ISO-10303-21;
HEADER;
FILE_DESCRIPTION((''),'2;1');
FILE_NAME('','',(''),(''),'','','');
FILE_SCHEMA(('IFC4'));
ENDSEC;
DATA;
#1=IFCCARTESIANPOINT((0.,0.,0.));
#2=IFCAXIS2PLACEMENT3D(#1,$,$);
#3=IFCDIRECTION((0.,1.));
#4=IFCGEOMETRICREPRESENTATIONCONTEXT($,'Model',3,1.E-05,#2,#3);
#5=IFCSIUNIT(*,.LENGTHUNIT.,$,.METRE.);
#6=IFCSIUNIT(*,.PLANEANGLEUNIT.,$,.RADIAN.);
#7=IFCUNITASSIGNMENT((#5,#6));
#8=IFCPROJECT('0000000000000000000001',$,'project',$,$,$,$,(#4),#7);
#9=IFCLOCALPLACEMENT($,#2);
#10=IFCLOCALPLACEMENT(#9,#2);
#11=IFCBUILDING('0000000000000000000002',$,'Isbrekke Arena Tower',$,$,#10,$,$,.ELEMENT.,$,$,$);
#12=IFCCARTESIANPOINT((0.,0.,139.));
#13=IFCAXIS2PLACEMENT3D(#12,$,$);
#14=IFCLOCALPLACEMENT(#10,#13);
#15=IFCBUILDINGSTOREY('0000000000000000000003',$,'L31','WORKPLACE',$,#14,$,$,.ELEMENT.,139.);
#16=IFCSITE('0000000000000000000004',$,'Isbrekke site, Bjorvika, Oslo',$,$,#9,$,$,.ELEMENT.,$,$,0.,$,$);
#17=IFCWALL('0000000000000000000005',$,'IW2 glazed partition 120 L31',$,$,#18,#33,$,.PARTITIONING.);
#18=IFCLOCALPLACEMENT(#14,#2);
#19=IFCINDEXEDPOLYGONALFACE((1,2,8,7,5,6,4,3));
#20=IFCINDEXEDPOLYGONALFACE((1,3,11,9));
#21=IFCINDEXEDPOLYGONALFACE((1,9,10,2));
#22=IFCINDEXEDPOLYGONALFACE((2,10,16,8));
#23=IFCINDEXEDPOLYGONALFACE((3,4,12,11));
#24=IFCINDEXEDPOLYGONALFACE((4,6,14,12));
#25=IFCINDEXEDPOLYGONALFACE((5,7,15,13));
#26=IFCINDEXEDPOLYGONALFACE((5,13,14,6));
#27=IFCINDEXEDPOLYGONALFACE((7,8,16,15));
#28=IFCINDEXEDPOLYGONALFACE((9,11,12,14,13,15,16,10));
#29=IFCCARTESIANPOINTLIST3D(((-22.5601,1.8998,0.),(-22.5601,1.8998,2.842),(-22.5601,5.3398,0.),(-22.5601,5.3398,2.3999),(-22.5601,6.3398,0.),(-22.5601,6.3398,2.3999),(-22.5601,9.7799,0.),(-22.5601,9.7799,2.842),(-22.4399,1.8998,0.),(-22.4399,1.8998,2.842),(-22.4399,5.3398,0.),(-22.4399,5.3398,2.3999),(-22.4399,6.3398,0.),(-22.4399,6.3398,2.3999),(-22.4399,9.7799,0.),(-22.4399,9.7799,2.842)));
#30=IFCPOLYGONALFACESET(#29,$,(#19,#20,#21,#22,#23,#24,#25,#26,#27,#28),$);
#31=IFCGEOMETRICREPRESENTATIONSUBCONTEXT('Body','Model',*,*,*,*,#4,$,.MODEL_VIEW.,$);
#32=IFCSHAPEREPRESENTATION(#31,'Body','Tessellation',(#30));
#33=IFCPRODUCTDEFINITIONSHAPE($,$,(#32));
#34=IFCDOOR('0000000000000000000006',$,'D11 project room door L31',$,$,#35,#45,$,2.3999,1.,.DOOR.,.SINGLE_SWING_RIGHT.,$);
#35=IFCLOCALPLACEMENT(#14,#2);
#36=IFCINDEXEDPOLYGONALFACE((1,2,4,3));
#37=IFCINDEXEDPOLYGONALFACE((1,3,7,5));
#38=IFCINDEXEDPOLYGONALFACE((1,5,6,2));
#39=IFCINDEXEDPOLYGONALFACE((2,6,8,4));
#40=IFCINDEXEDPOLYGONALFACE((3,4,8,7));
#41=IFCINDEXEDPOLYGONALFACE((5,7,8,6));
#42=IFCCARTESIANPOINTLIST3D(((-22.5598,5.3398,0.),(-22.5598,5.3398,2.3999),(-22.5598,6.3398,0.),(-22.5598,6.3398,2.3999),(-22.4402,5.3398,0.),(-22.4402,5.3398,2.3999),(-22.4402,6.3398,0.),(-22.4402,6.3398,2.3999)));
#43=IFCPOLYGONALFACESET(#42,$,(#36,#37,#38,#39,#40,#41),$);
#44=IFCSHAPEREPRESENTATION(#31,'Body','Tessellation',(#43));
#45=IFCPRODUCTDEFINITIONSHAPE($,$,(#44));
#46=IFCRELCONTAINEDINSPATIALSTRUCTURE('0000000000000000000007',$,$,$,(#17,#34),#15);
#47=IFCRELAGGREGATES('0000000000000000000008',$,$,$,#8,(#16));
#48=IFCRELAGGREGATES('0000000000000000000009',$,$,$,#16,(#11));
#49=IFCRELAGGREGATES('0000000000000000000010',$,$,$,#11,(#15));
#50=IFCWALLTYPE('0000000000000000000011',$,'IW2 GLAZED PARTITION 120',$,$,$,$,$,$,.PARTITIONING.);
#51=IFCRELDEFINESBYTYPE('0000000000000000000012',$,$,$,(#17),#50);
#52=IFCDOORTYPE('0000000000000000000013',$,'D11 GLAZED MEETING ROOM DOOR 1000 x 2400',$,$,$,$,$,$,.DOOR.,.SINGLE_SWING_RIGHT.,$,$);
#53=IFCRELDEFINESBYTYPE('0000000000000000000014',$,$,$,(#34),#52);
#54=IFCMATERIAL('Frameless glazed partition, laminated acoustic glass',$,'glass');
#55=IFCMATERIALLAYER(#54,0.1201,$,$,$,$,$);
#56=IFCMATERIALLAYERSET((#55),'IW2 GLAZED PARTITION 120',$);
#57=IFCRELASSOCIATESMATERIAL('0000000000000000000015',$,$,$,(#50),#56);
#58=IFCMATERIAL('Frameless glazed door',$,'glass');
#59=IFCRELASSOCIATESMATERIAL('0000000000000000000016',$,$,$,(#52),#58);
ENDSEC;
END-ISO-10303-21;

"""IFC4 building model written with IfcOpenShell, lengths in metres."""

from ifc_helpers import new_model, si_unit, direction, frame, frame_2d, origin, place, context, subcontext, project, spatial, rectangle, extrude, material, layer, layer_set, type_object, element, fill, save


model = new_model("IFC4")

# Units and contexts
model_context = context("Model", 3, precision=1e-05, world=origin(), true_north=direction((0.0, 1.0)))
body_context = subcontext(model_context, "Body", "Model", "MODEL_VIEW")
ifc_project = project(units=[si_unit("LENGTHUNIT", "METRE"), si_unit("PLANEANGLEUNIT", "RADIAN")], contexts=[model_context])

# Site, building, storey
site_placement = place(None, origin())
site = spatial("IfcSite", under=ifc_project, at=site_placement, Name="Isbrekke site, Bjorvika, Oslo", CompositionType="ELEMENT", RefElevation=0.0)
building_placement = place(site_placement, origin())
building = spatial("IfcBuilding", under=site, at=building_placement, Name="Isbrekke Arena Tower", CompositionType="ELEMENT")
storey_placement = place(building_placement, frame((0.0, 0.0, 139.0)))
storey = spatial("IfcBuildingStorey", under=building, at=storey_placement, Name="L31", Description="WORKPLACE", CompositionType="ELEMENT", Elevation=139.0)

# Shared definitions
ifc_material_1 = material(Name="Frameless glazed partition, laminated acoustic glass", Category="glass")
ifc_layer_1 = layer(ifc_material_1, 0.1201)
ifc_layer_set_1 = layer_set([ifc_layer_1], Name="IW2 GLAZED PARTITION 120")
wall_type = type_object("IfcWallType", Name="IW2 GLAZED PARTITION 120", PredefinedType="PARTITIONING", material=ifc_layer_set_1)

# Wall, opening, door
wall_1_placement = place(storey_placement, frame((-22.5, 1.8999, 0.0), z_axis=(0.0, 0.0, 1.0), x_axis=(0.0, 1.0, 0.0)))
wall_1 = element("IfcWall", 1, at=wall_1_placement, inside=storey, type_object=wall_type, Name="IW2 glazed partition 120 L31", PredefinedType="PARTITIONING", context=body_context, shape_type="SweptSolid", body=[
    extrude(rectangle(XDim=7.8801, YDim=0.1201, at=frame_2d((3.9399, 0.0))), origin(), (0.0, 0.0, 1.0), 2.842),
])
opening_placement = place(wall_1_placement, frame((3.4399, 0.0, 0.0)))
opening = element("IfcOpeningElement", 2, at=opening_placement, cuts=wall_1, PredefinedType="OPENING", context=body_context, shape_type="SweptSolid", body=[
    extrude(rectangle(XDim=1.0, YDim=2.3999, at=frame_2d((0.5, 1.2))), frame((0.0, 0.075, 0.0), z_axis=(0.0, -1.0, 0.0), x_axis=(1.0, 0.0, 0.0)), (0.0, 0.0, 1.0), 0.1499),
])
ifc_material_2 = material(Name="Frameless glazed door", Category="glass")
door_type = type_object("IfcDoorType", Name="D11 GLAZED MEETING ROOM DOOR 1000 x 2400", OperationType="SINGLE_SWING_RIGHT", PredefinedType="DOOR", material=ifc_material_2)
door_placement = place(opening_placement, origin())
door = element("IfcDoor", 3, at=door_placement, inside=storey, type_object=door_type, Name="D11 project room door L31", OperationType="SINGLE_SWING_RIGHT", OverallHeight=2.3999, OverallWidth=1.0, PredefinedType="DOOR", context=body_context, shape_type="SweptSolid", body=[
    extrude(rectangle(XDim=1.0, YDim=2.3999, at=frame_2d((0.5, 1.2))), frame((0.0, 0.0598, 0.0), z_axis=(0.0, -1.0, 0.0), x_axis=(1.0, 0.0, 0.0)), (0.0, 0.0, 1.0), 0.1196),
])
fill(opening, door)

save(model, "model.ifc")
